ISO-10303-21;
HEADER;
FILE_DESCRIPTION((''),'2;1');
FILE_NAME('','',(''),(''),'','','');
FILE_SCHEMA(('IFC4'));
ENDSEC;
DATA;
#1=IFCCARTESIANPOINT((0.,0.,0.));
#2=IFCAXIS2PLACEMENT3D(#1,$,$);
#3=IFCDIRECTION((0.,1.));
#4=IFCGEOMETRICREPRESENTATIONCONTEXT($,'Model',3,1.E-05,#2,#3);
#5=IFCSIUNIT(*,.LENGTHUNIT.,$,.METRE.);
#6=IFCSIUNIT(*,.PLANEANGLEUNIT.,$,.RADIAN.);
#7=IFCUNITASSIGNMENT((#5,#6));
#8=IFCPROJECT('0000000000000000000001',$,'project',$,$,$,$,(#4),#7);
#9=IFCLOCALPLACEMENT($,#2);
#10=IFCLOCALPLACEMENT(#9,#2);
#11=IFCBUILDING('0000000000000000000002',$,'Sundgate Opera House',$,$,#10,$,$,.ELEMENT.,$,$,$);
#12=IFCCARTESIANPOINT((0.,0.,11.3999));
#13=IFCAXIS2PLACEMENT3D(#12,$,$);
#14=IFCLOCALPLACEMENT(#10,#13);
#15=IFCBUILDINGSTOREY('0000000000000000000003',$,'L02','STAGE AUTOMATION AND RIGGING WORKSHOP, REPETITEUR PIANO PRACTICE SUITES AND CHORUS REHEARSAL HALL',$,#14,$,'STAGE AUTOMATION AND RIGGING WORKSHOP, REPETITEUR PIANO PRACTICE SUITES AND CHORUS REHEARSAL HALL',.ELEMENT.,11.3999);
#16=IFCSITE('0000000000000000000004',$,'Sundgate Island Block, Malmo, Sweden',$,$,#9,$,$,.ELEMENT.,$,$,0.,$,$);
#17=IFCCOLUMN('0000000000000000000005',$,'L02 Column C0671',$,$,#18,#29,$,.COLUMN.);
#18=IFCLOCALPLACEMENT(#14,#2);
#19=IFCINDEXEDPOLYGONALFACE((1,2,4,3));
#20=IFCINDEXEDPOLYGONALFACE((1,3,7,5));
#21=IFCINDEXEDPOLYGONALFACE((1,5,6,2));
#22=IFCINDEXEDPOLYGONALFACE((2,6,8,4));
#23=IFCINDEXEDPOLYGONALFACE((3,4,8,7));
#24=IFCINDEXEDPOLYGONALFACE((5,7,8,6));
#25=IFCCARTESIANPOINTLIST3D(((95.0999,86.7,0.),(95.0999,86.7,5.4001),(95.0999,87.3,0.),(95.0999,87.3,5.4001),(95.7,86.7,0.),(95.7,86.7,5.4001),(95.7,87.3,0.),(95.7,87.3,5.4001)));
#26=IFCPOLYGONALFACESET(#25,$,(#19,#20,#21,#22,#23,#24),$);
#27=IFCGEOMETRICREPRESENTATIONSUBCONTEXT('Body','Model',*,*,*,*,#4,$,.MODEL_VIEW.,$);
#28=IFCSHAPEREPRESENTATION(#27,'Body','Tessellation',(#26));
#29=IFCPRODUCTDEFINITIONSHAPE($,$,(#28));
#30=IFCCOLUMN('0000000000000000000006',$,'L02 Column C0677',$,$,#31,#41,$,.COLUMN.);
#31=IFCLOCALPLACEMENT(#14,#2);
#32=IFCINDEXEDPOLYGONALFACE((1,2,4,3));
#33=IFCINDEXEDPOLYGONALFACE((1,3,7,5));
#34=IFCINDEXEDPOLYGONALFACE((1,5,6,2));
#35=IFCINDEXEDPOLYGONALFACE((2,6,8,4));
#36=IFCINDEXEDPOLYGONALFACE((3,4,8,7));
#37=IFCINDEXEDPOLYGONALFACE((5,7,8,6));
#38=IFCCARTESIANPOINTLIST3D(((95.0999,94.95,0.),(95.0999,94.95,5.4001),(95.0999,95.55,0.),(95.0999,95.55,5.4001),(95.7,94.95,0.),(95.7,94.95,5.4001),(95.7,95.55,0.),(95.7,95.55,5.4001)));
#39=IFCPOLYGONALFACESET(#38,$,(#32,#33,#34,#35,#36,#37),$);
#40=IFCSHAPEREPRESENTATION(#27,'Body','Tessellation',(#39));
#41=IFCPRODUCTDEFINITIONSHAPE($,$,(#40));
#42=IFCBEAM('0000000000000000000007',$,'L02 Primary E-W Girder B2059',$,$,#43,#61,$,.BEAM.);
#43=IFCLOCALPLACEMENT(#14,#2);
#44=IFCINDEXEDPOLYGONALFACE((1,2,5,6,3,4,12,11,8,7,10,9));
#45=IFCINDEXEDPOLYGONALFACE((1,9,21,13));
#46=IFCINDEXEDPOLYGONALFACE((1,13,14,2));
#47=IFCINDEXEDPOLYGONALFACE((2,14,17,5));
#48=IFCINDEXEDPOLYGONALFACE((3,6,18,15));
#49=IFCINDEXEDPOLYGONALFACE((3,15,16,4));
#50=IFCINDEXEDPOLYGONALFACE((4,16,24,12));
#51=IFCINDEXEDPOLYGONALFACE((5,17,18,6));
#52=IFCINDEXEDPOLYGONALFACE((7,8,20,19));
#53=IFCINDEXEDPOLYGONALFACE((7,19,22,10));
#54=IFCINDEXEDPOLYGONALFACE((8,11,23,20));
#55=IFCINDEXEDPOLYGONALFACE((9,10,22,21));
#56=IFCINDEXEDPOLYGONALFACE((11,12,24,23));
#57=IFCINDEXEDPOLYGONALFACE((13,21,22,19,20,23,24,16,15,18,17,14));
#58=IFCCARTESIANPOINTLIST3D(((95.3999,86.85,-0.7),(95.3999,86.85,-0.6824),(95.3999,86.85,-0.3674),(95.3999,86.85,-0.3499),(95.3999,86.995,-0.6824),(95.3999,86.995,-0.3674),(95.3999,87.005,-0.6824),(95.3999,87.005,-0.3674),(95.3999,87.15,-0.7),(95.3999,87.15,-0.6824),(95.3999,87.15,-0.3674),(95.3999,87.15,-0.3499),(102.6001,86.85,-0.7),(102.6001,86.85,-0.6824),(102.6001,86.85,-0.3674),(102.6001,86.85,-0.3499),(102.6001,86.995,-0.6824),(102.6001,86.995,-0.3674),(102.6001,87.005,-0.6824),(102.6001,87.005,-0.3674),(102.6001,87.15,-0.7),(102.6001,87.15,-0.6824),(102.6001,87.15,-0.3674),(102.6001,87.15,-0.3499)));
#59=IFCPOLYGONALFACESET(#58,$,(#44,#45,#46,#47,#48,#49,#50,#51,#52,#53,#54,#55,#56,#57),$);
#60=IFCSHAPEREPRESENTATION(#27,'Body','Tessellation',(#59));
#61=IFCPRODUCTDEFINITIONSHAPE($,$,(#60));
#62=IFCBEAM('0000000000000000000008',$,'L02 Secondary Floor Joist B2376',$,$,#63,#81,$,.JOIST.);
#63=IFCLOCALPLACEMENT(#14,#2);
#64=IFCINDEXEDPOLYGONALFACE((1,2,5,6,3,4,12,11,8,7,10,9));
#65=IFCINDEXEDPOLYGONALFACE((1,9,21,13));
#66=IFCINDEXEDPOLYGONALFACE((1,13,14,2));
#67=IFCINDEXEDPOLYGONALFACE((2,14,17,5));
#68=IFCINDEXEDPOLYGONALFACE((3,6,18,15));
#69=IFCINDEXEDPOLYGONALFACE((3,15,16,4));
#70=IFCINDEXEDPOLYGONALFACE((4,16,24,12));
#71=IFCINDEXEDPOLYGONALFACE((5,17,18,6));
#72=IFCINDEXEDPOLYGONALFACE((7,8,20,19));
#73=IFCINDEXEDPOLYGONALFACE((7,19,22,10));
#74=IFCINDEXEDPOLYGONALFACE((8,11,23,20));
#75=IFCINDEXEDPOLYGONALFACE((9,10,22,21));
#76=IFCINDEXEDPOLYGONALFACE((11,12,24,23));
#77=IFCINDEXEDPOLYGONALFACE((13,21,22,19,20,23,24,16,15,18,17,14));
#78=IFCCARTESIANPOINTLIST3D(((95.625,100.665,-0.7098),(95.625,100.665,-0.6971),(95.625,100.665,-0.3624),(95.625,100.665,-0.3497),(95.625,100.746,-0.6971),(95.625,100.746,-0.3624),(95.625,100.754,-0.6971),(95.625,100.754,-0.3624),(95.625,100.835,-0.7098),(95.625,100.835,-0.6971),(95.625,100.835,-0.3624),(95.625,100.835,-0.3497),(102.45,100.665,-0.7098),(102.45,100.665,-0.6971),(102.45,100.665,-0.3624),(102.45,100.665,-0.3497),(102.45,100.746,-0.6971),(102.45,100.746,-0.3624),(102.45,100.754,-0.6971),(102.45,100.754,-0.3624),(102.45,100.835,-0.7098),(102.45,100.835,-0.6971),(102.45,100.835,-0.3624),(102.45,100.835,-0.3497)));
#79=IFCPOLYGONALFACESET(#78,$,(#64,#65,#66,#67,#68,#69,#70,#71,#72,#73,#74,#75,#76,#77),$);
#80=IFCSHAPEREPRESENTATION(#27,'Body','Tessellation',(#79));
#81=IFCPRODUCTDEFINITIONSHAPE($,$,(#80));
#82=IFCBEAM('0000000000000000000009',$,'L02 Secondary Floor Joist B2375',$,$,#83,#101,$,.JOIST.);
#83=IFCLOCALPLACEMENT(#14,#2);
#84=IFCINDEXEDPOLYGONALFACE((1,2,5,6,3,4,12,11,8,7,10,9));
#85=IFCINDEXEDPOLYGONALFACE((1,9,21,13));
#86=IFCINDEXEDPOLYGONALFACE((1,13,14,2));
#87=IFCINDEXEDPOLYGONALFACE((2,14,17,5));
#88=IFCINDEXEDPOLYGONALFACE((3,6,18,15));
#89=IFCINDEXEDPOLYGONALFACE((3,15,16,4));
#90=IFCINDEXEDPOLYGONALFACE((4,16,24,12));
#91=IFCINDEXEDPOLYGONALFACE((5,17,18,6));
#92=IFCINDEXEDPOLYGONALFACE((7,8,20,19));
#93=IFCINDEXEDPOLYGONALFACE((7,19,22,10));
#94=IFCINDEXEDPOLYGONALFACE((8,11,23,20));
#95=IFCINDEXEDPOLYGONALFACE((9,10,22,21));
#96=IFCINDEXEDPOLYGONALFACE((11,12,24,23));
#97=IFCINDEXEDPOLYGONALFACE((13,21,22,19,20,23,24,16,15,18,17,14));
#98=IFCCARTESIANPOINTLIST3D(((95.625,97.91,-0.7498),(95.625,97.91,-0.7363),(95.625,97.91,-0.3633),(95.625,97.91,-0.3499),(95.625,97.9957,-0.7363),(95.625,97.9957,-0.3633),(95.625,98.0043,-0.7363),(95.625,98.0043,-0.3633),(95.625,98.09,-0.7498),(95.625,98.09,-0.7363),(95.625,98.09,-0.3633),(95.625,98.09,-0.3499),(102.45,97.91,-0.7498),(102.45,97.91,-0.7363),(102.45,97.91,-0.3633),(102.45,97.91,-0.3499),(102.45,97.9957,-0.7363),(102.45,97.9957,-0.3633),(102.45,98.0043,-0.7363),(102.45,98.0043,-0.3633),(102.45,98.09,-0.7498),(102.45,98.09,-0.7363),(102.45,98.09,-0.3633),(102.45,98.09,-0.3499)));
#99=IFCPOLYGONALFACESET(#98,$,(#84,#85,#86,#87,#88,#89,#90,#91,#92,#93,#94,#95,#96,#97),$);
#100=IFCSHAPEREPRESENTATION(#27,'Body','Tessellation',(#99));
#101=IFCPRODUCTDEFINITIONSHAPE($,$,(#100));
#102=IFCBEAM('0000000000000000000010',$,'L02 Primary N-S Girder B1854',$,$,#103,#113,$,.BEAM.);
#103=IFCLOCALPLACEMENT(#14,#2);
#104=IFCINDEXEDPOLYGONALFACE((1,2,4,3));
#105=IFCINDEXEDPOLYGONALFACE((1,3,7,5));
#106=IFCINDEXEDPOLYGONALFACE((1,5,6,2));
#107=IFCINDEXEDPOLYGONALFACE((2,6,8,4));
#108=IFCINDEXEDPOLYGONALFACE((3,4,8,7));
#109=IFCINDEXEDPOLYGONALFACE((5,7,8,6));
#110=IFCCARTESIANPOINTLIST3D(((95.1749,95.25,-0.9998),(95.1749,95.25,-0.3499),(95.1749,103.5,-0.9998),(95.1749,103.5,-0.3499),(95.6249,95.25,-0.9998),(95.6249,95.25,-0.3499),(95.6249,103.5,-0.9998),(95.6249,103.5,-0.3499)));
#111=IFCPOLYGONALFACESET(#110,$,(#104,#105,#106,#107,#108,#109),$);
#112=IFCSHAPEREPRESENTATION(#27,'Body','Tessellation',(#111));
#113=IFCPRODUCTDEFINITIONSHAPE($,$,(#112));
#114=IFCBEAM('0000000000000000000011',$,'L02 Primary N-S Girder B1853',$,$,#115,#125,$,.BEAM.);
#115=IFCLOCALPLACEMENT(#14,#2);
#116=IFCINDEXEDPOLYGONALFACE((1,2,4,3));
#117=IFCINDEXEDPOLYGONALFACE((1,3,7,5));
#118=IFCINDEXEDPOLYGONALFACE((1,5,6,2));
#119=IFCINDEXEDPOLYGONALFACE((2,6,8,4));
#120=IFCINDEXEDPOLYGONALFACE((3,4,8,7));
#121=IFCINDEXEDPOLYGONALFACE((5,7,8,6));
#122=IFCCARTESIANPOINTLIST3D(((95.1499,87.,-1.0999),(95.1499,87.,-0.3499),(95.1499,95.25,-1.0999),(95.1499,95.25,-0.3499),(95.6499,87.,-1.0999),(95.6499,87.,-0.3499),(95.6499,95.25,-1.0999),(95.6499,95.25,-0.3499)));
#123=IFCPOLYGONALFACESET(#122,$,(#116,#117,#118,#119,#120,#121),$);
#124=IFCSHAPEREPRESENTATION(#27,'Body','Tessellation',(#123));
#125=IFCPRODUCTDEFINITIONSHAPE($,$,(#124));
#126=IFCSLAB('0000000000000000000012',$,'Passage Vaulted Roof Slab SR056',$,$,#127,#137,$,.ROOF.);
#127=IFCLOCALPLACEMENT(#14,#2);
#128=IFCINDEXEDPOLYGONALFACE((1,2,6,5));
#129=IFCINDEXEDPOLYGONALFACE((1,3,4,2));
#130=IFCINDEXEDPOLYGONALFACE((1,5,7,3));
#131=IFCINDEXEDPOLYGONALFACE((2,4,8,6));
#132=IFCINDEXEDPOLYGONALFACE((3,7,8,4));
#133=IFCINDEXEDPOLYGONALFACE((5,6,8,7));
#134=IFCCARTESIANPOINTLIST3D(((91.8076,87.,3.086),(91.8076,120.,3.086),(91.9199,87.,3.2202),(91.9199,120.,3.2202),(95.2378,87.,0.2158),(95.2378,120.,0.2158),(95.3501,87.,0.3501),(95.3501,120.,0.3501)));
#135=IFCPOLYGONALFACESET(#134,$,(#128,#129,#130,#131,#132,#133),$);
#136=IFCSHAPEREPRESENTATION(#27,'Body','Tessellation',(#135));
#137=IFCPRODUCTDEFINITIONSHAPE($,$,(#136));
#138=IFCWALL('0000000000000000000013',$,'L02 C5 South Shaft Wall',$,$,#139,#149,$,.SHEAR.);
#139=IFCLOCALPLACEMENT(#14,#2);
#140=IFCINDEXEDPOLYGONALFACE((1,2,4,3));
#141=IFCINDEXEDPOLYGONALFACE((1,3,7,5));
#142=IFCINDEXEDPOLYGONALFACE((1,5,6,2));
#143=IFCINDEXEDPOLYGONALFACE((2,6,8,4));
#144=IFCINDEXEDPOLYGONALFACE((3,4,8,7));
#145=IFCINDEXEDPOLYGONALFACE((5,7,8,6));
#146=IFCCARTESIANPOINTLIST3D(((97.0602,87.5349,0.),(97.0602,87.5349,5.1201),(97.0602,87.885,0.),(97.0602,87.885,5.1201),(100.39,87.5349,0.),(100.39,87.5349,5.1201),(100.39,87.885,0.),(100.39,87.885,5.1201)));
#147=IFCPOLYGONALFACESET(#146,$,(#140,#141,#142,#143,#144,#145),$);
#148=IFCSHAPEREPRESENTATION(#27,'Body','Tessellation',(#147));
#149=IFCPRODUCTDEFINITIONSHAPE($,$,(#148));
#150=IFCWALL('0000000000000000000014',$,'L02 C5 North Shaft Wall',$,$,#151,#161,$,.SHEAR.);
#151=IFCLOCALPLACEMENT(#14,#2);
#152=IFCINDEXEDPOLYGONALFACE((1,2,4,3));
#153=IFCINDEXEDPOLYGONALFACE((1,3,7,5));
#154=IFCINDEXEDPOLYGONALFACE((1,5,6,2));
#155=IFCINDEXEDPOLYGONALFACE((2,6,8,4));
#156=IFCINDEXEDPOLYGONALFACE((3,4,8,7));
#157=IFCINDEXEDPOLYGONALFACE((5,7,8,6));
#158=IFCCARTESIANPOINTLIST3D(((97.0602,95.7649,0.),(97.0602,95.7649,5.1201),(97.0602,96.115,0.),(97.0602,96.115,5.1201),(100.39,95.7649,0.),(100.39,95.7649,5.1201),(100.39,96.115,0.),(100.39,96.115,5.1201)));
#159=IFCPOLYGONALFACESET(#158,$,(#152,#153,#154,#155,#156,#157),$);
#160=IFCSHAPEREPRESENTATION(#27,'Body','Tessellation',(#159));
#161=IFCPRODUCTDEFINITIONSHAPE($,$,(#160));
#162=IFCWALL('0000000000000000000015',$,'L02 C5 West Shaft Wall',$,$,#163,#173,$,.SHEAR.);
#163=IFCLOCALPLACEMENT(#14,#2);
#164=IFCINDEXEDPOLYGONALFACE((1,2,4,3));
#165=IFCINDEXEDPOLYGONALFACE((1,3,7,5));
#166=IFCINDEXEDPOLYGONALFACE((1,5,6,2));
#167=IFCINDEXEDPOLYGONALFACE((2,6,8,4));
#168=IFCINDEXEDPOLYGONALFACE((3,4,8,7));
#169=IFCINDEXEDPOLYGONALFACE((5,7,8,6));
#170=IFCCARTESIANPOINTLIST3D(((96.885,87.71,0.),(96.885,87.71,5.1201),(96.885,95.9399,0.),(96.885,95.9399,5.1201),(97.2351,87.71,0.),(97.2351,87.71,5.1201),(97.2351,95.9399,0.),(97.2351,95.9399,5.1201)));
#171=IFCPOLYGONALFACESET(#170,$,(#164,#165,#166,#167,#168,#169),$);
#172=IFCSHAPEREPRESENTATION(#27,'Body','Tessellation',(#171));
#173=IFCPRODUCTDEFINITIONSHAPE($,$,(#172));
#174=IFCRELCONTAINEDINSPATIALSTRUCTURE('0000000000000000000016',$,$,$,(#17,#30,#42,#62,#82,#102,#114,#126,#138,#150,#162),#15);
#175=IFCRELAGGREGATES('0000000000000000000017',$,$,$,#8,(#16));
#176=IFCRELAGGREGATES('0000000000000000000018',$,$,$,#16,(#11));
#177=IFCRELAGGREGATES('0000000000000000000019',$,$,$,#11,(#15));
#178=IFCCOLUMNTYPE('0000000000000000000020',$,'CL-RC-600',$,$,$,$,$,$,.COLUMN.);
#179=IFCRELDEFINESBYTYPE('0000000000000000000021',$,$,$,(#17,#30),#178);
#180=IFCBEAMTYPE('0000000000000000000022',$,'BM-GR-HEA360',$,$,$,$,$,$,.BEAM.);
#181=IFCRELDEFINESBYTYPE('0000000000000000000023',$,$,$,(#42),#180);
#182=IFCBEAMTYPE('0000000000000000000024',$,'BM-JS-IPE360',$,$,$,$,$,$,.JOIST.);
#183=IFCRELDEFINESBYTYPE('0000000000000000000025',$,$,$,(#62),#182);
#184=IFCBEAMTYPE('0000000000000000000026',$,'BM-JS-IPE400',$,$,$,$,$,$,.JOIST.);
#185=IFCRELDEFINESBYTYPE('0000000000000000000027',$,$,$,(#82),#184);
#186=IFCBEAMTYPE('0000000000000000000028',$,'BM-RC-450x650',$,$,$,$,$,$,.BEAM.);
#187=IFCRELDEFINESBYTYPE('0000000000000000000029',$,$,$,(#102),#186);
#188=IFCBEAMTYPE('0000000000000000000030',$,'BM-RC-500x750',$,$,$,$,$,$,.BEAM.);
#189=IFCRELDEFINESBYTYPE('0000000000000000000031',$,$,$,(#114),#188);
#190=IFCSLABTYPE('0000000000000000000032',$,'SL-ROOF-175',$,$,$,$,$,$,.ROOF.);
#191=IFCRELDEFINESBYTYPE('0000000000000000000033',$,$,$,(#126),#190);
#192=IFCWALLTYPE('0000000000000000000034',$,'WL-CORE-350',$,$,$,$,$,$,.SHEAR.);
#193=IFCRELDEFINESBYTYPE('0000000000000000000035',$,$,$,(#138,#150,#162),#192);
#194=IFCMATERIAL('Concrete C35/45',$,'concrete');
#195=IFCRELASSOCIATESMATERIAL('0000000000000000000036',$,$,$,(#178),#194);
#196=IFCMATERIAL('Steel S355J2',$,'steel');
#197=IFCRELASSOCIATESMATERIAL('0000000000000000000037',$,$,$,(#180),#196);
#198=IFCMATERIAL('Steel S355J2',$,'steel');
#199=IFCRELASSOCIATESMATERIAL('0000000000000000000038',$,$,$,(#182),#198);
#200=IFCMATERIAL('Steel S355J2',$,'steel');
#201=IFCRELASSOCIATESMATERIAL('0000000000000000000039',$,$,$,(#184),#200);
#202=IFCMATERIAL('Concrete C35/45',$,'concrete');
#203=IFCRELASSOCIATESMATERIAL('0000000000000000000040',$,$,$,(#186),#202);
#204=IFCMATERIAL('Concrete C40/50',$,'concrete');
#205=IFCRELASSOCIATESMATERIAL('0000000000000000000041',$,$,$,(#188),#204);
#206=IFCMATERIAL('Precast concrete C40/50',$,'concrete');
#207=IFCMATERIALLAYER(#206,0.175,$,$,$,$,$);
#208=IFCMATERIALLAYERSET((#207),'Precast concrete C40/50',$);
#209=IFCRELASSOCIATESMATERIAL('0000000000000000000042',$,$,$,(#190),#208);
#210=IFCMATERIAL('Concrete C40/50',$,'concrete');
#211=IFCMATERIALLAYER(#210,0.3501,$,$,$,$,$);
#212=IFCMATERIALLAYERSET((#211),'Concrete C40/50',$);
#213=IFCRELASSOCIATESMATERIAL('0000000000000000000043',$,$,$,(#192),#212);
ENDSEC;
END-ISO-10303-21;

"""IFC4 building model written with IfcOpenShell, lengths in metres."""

from ifc_helpers import new_model, si_unit, direction, frame, frame_2d, origin, origin_2d, place, context, subcontext, project, spatial, polyline, rectangle, i_section, outline, extrude, material, layer, layer_set, material_profile, profile_set, type_object, element, save


model = new_model("IFC4")

# Units and contexts
model_context = context("Model", 3, precision=1e-05, world=origin(), true_north=direction((0.0, 1.0)))
body_context = subcontext(model_context, "Body", "Model", "MODEL_VIEW")
ifc_project = project(units=[si_unit("LENGTHUNIT", "METRE"), si_unit("PLANEANGLEUNIT", "RADIAN")], contexts=[model_context])

# Site, building, storey
site_placement = place(None, origin())
site = spatial("IfcSite", under=ifc_project, at=site_placement, Name="Sundgate Island Block, Malmo, Sweden", CompositionType="ELEMENT", RefElevation=0.0)
building_placement = place(site_placement, origin())
building = spatial("IfcBuilding", under=site, at=building_placement, Name="Sundgate Opera House", CompositionType="ELEMENT")
storey_placement = place(building_placement, frame((0.0, 0.0, 11.3999)))
storey = spatial("IfcBuildingStorey", under=building, at=storey_placement, Name="L02", Description="STAGE AUTOMATION AND RIGGING WORKSHOP, REPETITEUR PIANO PRACTICE SUITES AND CHORUS REHEARSAL HALL", LongName="STAGE AUTOMATION AND RIGGING WORKSHOP, REPETITEUR PIANO PRACTICE SUITES AND CHORUS REHEARSAL HALL", CompositionType="ELEMENT", Elevation=11.3999)

# Columns
ifc_material_1 = material(Name="Concrete C35/45", Category="concrete")
ifc_material_profile_1 = material_profile(ifc_material_1, rectangle(XDim=0.6001, YDim=0.6001, at=origin_2d()), Name="RC 600x600")
ifc_profile_set_1 = profile_set([ifc_material_profile_1], Name="Concrete C35/45")
column_type = type_object("IfcColumnType", Name="CL-RC-600", PredefinedType="COLUMN", material=ifc_profile_set_1)
for number, where, z_axis, x_axis, name in (
    (1, (95.3999, 87.0, 0.0), (0.0, 0.0, 1.0), (1.0, 0.0, 0.0), "L02 Column C0671"),
    (2, (95.3999, 95.25, 0.0), (0.0, 0.0, 1.0), (1.0, 0.0, 0.0), "L02 Column C0677"),
):
    element("IfcColumn", number, at=place(storey_placement, frame(where, z_axis=z_axis, x_axis=x_axis)), inside=storey, type_object=column_type, Name=name, PredefinedType="COLUMN", context=body_context, shape_type="SweptSolid", body=[
        extrude(rectangle(XDim=0.6001, YDim=0.6001, at=origin_2d()), origin(), (0.0, 0.0, 1.0), 5.4001),
    ])

# Beams
ifc_material_2 = material(Name="Steel S355J2", Category="steel")
ifc_material_profile_2 = material_profile(ifc_material_2, i_section(OverallWidth=0.3, OverallDepth=0.3501, WebThickness=0.01, FlangeThickness=0.0176, at=origin_2d()), Name="HEA 360")
ifc_profile_set_2 = profile_set([ifc_material_profile_2], Name="Steel S355J2")
beam_type_1 = type_object("IfcBeamType", Name="BM-GR-HEA360", PredefinedType="BEAM", material=ifc_profile_set_2)
beam_1_placement = place(storey_placement, frame((95.3999, 87.0, -0.5249), z_axis=(1.0, 0.0, 0.0), x_axis=(0.0, 1.0, 0.0)))
element("IfcBeam", 3, at=beam_1_placement, inside=storey, type_object=beam_type_1, Name="L02 Primary E-W Girder B2059", PredefinedType="BEAM", context=body_context, shape_type="SweptSolid", body=[
    extrude(i_section(OverallWidth=0.3, OverallDepth=0.3501, WebThickness=0.01, FlangeThickness=0.0176, at=origin_2d()), origin(), (0.0, 0.0, 1.0), 7.2002),
])
ifc_material_3 = material(Name="Steel S355J2", Category="steel")
ifc_material_profile_3 = material_profile(ifc_material_3, i_section(OverallWidth=0.1699, OverallDepth=0.3601, WebThickness=0.0081, FlangeThickness=0.0127, at=origin_2d()), Name="IPE 360")
ifc_profile_set_3 = profile_set([ifc_material_profile_3], Name="Steel S355J2")
beam_type_2 = type_object("IfcBeamType", Name="BM-JS-IPE360", PredefinedType="JOIST", material=ifc_profile_set_3)
beam_2_placement = place(storey_placement, frame((95.625, 100.75, -0.5298), z_axis=(1.0, 0.0, 0.0), x_axis=(0.0, 1.0, 0.0)))
element("IfcBeam", 4, at=beam_2_placement, inside=storey, type_object=beam_type_2, Name="L02 Secondary Floor Joist B2376", PredefinedType="JOIST", context=body_context, shape_type="SweptSolid", body=[
    extrude(i_section(OverallWidth=0.1699, OverallDepth=0.3601, WebThickness=0.0081, FlangeThickness=0.0127, at=origin_2d()), origin(), (0.0, 0.0, 1.0), 6.825),
])
ifc_material_4 = material(Name="Steel S355J2", Category="steel")
ifc_material_profile_4 = material_profile(ifc_material_4, i_section(OverallWidth=0.1799, OverallDepth=0.3999, WebThickness=0.0085, FlangeThickness=0.0134, at=origin_2d()), Name="IPE 400")
ifc_profile_set_4 = profile_set([ifc_material_profile_4], Name="Steel S355J2")
beam_type_3 = type_object("IfcBeamType", Name="BM-JS-IPE400", PredefinedType="JOIST", material=ifc_profile_set_4)
beam_3_placement = place(storey_placement, frame((95.625, 98.0, -0.5498), z_axis=(1.0, 0.0, 0.0), x_axis=(0.0, 1.0, 0.0)))
element("IfcBeam", 5, at=beam_3_placement, inside=storey, type_object=beam_type_3, Name="L02 Secondary Floor Joist B2375", PredefinedType="JOIST", context=body_context, shape_type="SweptSolid", body=[
    extrude(i_section(OverallWidth=0.1799, OverallDepth=0.3999, WebThickness=0.0085, FlangeThickness=0.0134, at=origin_2d()), origin(), (0.0, 0.0, 1.0), 6.825),
])
ifc_material_5 = material(Name="Concrete C35/45", Category="concrete")
ifc_material_profile_5 = material_profile(ifc_material_5, rectangle(XDim=0.45, YDim=0.6499, at=origin_2d()), Name="RC 450x650")
ifc_profile_set_5 = profile_set([ifc_material_profile_5], Name="Concrete C35/45")
beam_type_4 = type_object("IfcBeamType", Name="BM-RC-450x650", PredefinedType="BEAM", material=ifc_profile_set_5)
beam_4_placement = place(storey_placement, frame((95.3999, 95.25, -0.6748), z_axis=(0.0, 1.0, 0.0), x_axis=(-1.0, 0.0, 0.0)))
element("IfcBeam", 6, at=beam_4_placement, inside=storey, type_object=beam_type_4, Name="L02 Primary N-S Girder B1854", PredefinedType="BEAM", context=body_context, shape_type="SweptSolid", body=[
    extrude(rectangle(XDim=0.45, YDim=0.6499, at=origin_2d()), origin(), (0.0, 0.0, 1.0), 8.25),
])
ifc_material_6 = material(Name="Concrete C40/50", Category="concrete")
ifc_material_profile_6 = material_profile(ifc_material_6, rectangle(XDim=0.5, YDim=0.75, at=origin_2d()), Name="RC 500x750")
ifc_profile_set_6 = profile_set([ifc_material_profile_6], Name="Concrete C40/50")
beam_type_5 = type_object("IfcBeamType", Name="BM-RC-500x750", PredefinedType="BEAM", material=ifc_profile_set_6)
beam_5_placement = place(storey_placement, frame((95.3999, 87.0, -0.7249), z_axis=(0.0, 1.0, 0.0), x_axis=(-1.0, 0.0, 0.0)))
element("IfcBeam", 7, at=beam_5_placement, inside=storey, type_object=beam_type_5, Name="L02 Primary N-S Girder B1853", PredefinedType="BEAM", context=body_context, shape_type="SweptSolid", body=[
    extrude(rectangle(XDim=0.5, YDim=0.75, at=origin_2d()), origin(), (0.0, 0.0, 1.0), 8.25),
])

# Slab
ifc_material_7 = material(Name="Precast concrete C40/50", Category="concrete")
ifc_layer_1 = layer(ifc_material_7, 0.175)
ifc_layer_set_1 = layer_set([ifc_layer_1], Name="Precast concrete C40/50")
slab_type = type_object("IfcSlabType", Name="SL-ROOF-175", PredefinedType="ROOF", material=ifc_layer_set_1)
slab_placement = place(storey_placement, frame((91.9199, 87.0, 3.2202), z_axis=(0.641719, 0.0, 0.76694), x_axis=(0.76694, 0.0, -0.641719)))
element("IfcSlab", 8, at=slab_placement, inside=storey, type_object=slab_type, Name="Passage Vaulted Roof Slab SR056", PredefinedType="ROOF", context=body_context, shape_type="SweptSolid", body=[
    extrude(outline(polyline([(0.0, 0.0), (4.4725, 0.0), (4.4725, 33.0), (0.0, 33.0), (0.0, 0.0)])), origin(), (0.0, 0.0, -1.0), 0.175),
])

# Walls
ifc_material_8 = material(Name="Concrete C40/50", Category="concrete")
ifc_layer_2 = layer(ifc_material_8, 0.3501)
ifc_layer_set_2 = layer_set([ifc_layer_2], Name="Concrete C40/50")
wall_type_1 = type_object("IfcWallType", Name="WL-CORE-350", PredefinedType="SHEAR", material=ifc_layer_set_2)
for number, where, z_axis, x_axis, name in (
    (9, (97.0601, 87.71, 0.0), (0.0, 0.0, 1.0), (1.0, 0.0, 0.0), "L02 C5 South Shaft Wall"),
    (10, (97.0601, 95.9399, 0.0), (0.0, 0.0, 1.0), (1.0, 0.0, 0.0), "L02 C5 North Shaft Wall"),
):
    element("IfcWall", number, at=place(storey_placement, frame(where, z_axis=z_axis, x_axis=x_axis)), inside=storey, type_object=wall_type_1, Name=name, PredefinedType="SHEAR", context=body_context, shape_type="SweptSolid", body=[
        extrude(rectangle(XDim=3.3298, YDim=0.3501, at=frame_2d((1.665, 0.0))), origin(), (0.0, 0.0, 1.0), 5.1201),
    ])
wall_1_placement = place(storey_placement, frame((97.0601, 87.71, 0.0), z_axis=(0.0, 0.0, 1.0), x_axis=(0.0, 1.0, 0.0)))
element("IfcWall", 11, at=wall_1_placement, inside=storey, type_object=wall_type_1, Name="L02 C5 West Shaft Wall", PredefinedType="SHEAR", context=body_context, shape_type="SweptSolid", body=[
    extrude(rectangle(XDim=8.23, YDim=0.3501, at=frame_2d((4.115, 0.0))), origin(), (0.0, 0.0, 1.0), 5.1201),
])

save(model, "model.ifc")
